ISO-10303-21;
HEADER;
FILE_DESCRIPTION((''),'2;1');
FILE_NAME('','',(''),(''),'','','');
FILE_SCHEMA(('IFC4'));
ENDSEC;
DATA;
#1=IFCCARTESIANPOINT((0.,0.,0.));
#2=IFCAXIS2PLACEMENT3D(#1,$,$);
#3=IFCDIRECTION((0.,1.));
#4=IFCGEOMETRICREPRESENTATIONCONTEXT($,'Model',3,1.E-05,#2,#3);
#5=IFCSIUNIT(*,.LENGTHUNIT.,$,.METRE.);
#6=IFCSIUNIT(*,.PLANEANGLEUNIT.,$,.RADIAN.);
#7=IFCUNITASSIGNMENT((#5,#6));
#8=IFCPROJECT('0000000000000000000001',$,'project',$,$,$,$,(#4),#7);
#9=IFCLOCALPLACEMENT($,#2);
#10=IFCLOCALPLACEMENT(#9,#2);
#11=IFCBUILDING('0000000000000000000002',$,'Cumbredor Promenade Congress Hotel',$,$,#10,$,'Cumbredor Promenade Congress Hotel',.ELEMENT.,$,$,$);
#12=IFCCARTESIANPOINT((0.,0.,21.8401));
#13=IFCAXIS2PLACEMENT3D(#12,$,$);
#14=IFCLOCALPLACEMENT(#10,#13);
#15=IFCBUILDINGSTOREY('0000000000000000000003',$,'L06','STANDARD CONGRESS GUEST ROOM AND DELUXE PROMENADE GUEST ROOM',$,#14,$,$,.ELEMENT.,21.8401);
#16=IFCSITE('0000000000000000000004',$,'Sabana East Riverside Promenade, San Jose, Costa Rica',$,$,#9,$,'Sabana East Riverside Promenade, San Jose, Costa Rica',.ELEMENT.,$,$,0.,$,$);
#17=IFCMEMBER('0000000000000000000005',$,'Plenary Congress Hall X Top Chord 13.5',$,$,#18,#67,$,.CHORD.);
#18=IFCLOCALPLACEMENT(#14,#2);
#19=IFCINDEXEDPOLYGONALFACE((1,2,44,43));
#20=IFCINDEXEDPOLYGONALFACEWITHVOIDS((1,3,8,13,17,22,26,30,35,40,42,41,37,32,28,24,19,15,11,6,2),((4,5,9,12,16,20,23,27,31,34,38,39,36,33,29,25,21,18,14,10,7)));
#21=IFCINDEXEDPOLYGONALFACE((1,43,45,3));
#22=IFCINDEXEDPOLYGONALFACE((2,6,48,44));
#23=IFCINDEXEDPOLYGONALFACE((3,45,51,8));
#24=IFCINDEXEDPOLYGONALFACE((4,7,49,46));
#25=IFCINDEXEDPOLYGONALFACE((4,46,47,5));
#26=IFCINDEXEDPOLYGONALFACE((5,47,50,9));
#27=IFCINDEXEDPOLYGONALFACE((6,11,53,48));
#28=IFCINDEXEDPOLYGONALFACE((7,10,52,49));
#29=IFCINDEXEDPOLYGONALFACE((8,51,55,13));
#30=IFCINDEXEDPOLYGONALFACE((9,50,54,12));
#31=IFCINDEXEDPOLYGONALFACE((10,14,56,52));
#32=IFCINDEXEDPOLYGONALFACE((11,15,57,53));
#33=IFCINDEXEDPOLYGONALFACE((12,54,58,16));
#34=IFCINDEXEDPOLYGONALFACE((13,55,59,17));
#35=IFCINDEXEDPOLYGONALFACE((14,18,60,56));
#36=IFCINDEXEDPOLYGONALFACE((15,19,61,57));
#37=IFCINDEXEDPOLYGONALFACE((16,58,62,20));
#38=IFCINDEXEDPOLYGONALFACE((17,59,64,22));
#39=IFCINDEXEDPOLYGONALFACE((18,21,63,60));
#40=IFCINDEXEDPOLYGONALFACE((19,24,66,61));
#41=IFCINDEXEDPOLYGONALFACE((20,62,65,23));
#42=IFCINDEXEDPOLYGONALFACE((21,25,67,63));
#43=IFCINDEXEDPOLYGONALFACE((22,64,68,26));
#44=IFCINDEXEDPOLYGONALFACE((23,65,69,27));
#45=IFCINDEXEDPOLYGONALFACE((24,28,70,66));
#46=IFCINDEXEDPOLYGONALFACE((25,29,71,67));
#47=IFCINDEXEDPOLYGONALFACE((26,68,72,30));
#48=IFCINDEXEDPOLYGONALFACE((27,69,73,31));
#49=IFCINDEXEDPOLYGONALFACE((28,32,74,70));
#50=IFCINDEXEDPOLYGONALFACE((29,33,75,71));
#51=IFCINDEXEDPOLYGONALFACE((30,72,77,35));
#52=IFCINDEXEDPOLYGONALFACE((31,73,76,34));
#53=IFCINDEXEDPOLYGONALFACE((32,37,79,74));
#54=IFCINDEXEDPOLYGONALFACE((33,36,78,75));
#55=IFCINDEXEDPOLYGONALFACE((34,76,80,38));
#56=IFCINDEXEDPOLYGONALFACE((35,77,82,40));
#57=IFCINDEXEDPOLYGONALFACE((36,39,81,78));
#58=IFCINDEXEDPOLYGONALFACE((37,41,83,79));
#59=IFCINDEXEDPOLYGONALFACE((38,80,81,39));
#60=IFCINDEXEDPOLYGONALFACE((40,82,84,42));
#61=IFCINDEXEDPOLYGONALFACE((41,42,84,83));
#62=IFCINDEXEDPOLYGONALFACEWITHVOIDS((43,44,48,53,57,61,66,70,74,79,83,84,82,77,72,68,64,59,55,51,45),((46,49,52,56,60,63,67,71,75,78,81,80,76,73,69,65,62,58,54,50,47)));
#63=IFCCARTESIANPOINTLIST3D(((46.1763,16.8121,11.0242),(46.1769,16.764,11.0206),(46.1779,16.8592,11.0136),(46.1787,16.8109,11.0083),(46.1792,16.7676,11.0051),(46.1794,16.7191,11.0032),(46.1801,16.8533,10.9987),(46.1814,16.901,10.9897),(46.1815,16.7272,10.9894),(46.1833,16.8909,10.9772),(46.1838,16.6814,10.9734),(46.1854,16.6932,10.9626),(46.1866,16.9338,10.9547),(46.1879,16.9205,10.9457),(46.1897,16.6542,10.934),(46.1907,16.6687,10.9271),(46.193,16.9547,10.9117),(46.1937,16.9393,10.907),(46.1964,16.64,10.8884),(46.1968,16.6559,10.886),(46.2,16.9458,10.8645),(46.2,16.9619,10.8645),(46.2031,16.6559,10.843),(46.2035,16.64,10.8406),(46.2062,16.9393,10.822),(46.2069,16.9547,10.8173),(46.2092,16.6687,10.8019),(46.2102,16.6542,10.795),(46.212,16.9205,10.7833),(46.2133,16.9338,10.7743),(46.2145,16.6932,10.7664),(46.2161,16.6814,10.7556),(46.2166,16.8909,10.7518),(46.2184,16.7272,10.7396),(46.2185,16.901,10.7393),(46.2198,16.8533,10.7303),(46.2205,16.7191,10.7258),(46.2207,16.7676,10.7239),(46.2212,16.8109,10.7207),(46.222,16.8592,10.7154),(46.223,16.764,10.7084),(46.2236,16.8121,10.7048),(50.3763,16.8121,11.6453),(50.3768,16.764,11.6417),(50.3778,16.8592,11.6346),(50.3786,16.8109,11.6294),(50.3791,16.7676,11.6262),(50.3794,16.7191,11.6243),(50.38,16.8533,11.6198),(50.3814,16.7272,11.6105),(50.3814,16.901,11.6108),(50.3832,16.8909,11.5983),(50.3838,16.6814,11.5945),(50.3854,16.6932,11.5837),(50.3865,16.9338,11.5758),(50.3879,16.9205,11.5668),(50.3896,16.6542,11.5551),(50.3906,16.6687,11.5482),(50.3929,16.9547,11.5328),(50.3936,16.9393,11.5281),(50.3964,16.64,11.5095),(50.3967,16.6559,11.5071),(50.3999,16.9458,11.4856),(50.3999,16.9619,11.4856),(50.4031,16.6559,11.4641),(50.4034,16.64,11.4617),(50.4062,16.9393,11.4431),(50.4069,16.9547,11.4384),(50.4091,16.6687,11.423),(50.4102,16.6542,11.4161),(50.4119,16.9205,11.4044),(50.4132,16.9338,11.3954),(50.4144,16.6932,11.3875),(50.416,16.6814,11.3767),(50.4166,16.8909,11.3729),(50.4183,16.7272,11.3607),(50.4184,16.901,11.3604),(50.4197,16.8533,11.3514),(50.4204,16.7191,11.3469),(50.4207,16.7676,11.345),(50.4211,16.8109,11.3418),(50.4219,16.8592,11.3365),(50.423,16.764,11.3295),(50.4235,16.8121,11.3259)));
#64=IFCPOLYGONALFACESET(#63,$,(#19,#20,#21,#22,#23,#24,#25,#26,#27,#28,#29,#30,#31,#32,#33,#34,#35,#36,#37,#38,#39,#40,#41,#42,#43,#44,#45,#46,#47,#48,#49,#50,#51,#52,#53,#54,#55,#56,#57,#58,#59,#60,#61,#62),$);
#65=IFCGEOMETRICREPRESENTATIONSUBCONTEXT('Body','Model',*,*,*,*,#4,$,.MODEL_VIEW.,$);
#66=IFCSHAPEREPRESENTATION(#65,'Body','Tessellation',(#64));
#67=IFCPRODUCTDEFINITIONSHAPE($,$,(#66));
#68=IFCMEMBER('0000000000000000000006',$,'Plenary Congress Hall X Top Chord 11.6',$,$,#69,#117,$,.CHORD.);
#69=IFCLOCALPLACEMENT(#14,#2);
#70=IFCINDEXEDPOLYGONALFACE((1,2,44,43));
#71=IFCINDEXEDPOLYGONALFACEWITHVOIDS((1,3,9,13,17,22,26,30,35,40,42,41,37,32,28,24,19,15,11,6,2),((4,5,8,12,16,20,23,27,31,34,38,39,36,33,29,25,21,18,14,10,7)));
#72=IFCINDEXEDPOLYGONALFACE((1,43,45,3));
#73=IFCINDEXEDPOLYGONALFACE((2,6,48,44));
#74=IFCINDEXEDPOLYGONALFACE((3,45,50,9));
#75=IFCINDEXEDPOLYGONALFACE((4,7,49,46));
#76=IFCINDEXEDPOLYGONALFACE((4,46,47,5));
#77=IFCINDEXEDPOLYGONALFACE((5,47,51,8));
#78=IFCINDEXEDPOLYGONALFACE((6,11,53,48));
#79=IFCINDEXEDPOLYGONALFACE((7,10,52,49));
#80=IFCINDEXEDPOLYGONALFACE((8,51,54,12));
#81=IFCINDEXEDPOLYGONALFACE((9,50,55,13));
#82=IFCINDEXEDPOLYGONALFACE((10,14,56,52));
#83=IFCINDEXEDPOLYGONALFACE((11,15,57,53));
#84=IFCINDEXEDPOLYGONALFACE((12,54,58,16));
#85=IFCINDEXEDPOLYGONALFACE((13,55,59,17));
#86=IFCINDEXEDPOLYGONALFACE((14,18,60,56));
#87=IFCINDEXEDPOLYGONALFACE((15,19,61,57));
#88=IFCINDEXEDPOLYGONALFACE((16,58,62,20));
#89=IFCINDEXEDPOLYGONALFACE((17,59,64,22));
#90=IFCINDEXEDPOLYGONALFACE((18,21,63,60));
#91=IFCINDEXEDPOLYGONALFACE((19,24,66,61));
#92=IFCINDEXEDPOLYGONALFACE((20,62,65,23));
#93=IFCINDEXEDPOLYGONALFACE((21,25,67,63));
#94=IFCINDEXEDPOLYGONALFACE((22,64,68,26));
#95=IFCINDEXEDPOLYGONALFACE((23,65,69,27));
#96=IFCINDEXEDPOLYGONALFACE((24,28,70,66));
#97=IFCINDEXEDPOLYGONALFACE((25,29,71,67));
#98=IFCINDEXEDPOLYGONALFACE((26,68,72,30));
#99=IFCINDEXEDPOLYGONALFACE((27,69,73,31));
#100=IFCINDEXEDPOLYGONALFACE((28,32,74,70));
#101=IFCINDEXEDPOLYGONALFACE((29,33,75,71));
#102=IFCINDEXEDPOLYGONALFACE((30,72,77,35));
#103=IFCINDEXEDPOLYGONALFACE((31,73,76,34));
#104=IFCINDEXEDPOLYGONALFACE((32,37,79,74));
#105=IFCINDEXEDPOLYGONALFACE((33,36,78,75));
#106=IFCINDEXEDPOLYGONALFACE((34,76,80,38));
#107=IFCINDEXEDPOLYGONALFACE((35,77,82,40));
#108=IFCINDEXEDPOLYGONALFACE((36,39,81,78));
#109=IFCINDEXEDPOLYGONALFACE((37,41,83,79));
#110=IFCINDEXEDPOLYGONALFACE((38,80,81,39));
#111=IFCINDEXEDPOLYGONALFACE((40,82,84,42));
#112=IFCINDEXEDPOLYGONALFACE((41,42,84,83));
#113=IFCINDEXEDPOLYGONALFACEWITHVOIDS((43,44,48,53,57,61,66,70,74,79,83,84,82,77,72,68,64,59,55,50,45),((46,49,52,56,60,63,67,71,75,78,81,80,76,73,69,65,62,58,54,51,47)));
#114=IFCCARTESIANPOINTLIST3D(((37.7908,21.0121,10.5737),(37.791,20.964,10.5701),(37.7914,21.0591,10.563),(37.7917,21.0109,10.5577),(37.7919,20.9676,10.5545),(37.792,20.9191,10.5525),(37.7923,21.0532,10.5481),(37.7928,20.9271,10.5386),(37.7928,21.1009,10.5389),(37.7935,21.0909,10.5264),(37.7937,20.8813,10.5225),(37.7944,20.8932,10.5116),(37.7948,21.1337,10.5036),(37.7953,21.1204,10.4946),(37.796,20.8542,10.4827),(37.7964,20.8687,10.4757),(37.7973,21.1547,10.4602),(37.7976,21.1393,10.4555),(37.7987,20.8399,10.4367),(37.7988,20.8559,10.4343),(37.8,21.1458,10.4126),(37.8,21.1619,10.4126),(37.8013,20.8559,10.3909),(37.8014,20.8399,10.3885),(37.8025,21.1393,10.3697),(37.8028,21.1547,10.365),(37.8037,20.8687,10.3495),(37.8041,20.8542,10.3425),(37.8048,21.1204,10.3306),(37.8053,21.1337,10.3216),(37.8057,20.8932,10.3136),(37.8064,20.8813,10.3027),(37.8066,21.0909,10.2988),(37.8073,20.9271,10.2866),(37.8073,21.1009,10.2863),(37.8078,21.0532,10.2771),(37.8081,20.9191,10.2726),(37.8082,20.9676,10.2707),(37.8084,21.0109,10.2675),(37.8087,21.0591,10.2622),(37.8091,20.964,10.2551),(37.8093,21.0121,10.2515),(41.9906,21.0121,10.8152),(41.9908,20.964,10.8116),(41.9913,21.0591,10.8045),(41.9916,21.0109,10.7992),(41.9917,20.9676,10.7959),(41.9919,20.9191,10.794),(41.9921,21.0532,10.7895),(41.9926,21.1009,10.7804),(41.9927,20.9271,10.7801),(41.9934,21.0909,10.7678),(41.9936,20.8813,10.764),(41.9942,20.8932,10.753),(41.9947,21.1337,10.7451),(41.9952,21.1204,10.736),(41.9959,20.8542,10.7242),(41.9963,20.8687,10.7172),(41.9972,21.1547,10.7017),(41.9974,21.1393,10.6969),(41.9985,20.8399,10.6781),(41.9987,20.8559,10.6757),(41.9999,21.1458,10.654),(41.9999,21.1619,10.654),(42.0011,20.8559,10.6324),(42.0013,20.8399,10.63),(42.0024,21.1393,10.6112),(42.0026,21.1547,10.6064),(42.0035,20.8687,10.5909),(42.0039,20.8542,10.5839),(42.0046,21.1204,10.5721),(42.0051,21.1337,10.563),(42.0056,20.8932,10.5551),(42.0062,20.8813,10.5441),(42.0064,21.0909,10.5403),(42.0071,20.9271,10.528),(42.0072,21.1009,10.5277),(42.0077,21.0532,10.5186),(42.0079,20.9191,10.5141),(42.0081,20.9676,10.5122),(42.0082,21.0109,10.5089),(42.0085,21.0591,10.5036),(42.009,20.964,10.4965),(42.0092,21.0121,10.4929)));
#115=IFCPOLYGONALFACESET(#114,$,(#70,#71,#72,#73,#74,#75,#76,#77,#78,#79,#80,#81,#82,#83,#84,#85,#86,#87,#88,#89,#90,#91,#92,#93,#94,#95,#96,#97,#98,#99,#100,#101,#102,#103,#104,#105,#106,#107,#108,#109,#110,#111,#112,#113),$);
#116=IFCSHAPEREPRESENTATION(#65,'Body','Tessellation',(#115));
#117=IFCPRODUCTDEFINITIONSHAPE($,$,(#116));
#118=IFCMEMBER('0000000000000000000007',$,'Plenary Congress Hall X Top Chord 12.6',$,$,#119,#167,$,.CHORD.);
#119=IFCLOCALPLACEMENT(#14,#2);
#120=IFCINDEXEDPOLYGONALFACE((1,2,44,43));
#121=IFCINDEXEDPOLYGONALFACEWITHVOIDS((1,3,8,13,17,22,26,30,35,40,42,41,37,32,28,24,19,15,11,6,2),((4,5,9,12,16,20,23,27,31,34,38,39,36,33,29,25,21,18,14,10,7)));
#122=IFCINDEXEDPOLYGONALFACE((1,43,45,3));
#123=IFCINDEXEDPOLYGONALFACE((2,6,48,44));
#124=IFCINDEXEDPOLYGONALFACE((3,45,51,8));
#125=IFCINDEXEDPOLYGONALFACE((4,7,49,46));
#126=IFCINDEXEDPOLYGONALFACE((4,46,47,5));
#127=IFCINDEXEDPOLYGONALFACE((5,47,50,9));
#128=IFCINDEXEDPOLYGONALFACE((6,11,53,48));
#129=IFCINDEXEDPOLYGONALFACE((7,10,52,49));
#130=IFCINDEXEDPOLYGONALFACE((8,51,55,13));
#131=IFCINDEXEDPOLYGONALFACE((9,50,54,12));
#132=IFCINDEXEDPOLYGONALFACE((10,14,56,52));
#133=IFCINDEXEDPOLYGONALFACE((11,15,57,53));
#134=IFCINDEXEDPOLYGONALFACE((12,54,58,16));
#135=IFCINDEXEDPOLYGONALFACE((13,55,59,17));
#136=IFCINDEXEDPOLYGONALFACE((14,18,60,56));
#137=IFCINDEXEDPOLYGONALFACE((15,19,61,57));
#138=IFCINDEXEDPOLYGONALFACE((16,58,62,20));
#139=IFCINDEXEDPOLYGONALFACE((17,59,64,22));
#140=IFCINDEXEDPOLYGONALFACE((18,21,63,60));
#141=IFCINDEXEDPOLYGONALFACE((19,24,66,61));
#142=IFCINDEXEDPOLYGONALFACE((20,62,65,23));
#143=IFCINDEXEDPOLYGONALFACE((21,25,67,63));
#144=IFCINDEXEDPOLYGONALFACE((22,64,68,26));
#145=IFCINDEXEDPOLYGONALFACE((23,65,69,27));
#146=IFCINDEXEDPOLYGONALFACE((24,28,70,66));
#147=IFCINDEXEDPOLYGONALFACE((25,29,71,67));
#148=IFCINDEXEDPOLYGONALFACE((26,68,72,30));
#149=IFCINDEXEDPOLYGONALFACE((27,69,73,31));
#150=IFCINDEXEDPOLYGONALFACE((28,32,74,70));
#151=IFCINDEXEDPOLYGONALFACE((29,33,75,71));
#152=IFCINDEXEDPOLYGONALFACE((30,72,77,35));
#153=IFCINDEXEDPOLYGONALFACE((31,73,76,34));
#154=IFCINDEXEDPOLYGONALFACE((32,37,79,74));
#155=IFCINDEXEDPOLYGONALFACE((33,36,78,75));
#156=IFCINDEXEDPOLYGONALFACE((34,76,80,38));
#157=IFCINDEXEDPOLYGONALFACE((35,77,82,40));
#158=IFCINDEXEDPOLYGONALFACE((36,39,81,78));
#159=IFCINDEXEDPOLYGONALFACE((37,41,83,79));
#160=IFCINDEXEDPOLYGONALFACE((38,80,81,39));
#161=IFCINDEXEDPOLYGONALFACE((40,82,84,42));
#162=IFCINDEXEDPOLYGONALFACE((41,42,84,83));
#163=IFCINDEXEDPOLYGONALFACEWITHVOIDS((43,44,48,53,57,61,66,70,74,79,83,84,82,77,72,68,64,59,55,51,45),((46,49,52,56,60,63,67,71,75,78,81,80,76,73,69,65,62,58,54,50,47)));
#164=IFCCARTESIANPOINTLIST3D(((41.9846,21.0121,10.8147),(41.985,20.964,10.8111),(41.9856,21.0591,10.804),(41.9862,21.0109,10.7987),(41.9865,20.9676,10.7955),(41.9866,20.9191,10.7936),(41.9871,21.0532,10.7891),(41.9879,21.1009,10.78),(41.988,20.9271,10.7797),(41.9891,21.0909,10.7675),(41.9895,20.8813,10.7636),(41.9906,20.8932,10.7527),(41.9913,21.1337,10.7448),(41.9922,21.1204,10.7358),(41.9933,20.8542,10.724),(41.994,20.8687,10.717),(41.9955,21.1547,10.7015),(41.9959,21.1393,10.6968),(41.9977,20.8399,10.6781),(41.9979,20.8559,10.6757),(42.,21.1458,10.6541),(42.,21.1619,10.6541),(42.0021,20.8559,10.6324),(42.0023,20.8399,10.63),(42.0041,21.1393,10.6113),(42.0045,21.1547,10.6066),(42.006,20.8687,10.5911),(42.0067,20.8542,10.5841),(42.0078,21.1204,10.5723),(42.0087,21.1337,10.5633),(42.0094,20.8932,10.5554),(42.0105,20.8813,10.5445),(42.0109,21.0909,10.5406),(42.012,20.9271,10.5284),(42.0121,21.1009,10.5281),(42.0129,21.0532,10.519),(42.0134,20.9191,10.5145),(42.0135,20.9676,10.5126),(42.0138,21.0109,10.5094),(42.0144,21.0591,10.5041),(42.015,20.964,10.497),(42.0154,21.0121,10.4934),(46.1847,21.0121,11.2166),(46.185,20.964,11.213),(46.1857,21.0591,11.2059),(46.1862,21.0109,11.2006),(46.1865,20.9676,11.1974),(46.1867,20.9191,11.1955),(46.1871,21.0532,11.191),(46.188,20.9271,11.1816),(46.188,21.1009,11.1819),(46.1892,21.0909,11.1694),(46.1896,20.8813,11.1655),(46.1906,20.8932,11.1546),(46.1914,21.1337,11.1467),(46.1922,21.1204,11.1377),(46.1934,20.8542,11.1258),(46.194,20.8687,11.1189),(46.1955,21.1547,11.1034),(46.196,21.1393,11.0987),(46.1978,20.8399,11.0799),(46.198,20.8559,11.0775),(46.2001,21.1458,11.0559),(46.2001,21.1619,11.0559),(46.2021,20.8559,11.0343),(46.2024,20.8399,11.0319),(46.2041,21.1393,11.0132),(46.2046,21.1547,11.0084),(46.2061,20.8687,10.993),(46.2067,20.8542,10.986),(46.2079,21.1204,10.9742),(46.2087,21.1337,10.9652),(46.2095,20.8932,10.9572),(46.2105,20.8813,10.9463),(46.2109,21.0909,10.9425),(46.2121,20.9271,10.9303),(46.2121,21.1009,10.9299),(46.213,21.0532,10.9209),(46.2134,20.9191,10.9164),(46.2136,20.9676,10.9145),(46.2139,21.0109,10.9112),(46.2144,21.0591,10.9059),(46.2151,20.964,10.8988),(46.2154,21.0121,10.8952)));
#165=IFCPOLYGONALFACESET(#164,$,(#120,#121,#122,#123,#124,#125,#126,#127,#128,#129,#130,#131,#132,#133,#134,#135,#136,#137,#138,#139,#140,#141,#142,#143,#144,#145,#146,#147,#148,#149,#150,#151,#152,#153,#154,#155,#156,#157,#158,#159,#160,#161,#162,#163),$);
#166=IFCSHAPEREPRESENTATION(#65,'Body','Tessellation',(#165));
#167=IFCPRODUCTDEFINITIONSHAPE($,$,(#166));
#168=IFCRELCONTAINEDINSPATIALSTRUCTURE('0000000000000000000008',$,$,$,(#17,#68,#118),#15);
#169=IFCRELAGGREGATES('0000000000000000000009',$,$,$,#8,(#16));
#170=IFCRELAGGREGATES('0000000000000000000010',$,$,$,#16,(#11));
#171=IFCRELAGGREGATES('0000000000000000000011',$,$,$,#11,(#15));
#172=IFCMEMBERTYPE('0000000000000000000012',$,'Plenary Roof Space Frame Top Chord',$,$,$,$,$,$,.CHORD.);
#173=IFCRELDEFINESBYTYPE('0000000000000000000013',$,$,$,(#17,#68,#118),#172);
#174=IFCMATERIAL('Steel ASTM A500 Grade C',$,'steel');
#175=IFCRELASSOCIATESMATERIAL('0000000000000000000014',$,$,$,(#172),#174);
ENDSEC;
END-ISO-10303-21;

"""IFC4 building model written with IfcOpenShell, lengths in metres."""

from ifc_helpers import new_model, si_unit, direction, frame, origin, origin_2d, place, context, subcontext, project, spatial, hollow_circle, extrude, material, material_profile, profile_set, type_object, element, save


model = new_model("IFC4")

# Units and contexts
model_context = context("Model", 3, precision=1e-05, world=origin(), true_north=direction((0.0, 1.0)))
body_context = subcontext(model_context, "Body", "Model", "MODEL_VIEW")
ifc_project = project(units=[si_unit("LENGTHUNIT", "METRE"), si_unit("PLANEANGLEUNIT", "RADIAN")], contexts=[model_context])

# Site, building, storey
site_placement = place(None, origin())
site = spatial("IfcSite", under=ifc_project, at=site_placement, Name="Sabana East Riverside Promenade, San Jose, Costa Rica", LongName="Sabana East Riverside Promenade, San Jose, Costa Rica", CompositionType="ELEMENT", RefElevation=0.0)
building_placement = place(site_placement, origin())
building = spatial("IfcBuilding", under=site, at=building_placement, Name="Cumbredor Promenade Congress Hotel", LongName="Cumbredor Promenade Congress Hotel", CompositionType="ELEMENT")
storey_placement = place(building_placement, frame((0.0, 0.0, 21.8401)))
storey = spatial("IfcBuildingStorey", under=building, at=storey_placement, Name="L06", Description="STANDARD CONGRESS GUEST ROOM AND DELUXE PROMENADE GUEST ROOM", CompositionType="ELEMENT", Elevation=21.8401)

# Members
ifc_material_1 = material(Name="Steel ASTM A500 Grade C", Category="steel")
ifc_material_profile_1 = material_profile(ifc_material_1, hollow_circle(Radius=0.1619, WallThickness=0.0161, at=origin_2d()), Name="CHS 323.9x16")
ifc_profile_set_1 = profile_set([ifc_material_profile_1], Name="Steel ASTM A500 Grade C")
member_type_1 = type_object("IfcMemberType", Name="Plenary Roof Space Frame Top Chord", PredefinedType="CHORD", material=ifc_profile_set_1)
member_1_placement = place(storey_placement, frame((46.2, 16.8, 10.8645), z_axis=(0.989242, 0.0, 0.14629), x_axis=(0.0, 1.0, 0.0)))
element("IfcMember", 1, at=member_1_placement, inside=storey, type_object=member_type_1, Name="Plenary Congress Hall X Top Chord 13.5", PredefinedType="CHORD", context=body_context, shape_type="SweptSolid", body=[
    extrude(hollow_circle(Radius=0.1619, WallThickness=0.0161, at=origin_2d()), origin(), (0.0, 0.0, 1.0), 4.2456),
])
member_2_placement = place(storey_placement, frame((37.8, 21.0, 10.4126), z_axis=(0.998352, 0.0, 0.057395), x_axis=(0.0, 1.0, 0.0)))
element("IfcMember", 2, at=member_2_placement, inside=storey, type_object=member_type_1, Name="Plenary Congress Hall X Top Chord 11.6", PredefinedType="CHORD", context=body_context, shape_type="SweptSolid", body=[
    extrude(hollow_circle(Radius=0.1619, WallThickness=0.0161, at=origin_2d()), origin(), (0.0, 0.0, 1.0), 4.2068),
])
member_3_placement = place(storey_placement, frame((42.0, 21.0, 10.6541), z_axis=(0.995454, 0.0, 0.095246), x_axis=(0.0, 1.0, 0.0)))
element("IfcMember", 3, at=member_3_placement, inside=storey, type_object=member_type_1, Name="Plenary Congress Hall X Top Chord 12.6", PredefinedType="CHORD", context=body_context, shape_type="SweptSolid", body=[
    extrude(hollow_circle(Radius=0.1619, WallThickness=0.0161, at=origin_2d()), origin(), (0.0, 0.0, 1.0), 4.2192),
])

save(model, "model.ifc")
